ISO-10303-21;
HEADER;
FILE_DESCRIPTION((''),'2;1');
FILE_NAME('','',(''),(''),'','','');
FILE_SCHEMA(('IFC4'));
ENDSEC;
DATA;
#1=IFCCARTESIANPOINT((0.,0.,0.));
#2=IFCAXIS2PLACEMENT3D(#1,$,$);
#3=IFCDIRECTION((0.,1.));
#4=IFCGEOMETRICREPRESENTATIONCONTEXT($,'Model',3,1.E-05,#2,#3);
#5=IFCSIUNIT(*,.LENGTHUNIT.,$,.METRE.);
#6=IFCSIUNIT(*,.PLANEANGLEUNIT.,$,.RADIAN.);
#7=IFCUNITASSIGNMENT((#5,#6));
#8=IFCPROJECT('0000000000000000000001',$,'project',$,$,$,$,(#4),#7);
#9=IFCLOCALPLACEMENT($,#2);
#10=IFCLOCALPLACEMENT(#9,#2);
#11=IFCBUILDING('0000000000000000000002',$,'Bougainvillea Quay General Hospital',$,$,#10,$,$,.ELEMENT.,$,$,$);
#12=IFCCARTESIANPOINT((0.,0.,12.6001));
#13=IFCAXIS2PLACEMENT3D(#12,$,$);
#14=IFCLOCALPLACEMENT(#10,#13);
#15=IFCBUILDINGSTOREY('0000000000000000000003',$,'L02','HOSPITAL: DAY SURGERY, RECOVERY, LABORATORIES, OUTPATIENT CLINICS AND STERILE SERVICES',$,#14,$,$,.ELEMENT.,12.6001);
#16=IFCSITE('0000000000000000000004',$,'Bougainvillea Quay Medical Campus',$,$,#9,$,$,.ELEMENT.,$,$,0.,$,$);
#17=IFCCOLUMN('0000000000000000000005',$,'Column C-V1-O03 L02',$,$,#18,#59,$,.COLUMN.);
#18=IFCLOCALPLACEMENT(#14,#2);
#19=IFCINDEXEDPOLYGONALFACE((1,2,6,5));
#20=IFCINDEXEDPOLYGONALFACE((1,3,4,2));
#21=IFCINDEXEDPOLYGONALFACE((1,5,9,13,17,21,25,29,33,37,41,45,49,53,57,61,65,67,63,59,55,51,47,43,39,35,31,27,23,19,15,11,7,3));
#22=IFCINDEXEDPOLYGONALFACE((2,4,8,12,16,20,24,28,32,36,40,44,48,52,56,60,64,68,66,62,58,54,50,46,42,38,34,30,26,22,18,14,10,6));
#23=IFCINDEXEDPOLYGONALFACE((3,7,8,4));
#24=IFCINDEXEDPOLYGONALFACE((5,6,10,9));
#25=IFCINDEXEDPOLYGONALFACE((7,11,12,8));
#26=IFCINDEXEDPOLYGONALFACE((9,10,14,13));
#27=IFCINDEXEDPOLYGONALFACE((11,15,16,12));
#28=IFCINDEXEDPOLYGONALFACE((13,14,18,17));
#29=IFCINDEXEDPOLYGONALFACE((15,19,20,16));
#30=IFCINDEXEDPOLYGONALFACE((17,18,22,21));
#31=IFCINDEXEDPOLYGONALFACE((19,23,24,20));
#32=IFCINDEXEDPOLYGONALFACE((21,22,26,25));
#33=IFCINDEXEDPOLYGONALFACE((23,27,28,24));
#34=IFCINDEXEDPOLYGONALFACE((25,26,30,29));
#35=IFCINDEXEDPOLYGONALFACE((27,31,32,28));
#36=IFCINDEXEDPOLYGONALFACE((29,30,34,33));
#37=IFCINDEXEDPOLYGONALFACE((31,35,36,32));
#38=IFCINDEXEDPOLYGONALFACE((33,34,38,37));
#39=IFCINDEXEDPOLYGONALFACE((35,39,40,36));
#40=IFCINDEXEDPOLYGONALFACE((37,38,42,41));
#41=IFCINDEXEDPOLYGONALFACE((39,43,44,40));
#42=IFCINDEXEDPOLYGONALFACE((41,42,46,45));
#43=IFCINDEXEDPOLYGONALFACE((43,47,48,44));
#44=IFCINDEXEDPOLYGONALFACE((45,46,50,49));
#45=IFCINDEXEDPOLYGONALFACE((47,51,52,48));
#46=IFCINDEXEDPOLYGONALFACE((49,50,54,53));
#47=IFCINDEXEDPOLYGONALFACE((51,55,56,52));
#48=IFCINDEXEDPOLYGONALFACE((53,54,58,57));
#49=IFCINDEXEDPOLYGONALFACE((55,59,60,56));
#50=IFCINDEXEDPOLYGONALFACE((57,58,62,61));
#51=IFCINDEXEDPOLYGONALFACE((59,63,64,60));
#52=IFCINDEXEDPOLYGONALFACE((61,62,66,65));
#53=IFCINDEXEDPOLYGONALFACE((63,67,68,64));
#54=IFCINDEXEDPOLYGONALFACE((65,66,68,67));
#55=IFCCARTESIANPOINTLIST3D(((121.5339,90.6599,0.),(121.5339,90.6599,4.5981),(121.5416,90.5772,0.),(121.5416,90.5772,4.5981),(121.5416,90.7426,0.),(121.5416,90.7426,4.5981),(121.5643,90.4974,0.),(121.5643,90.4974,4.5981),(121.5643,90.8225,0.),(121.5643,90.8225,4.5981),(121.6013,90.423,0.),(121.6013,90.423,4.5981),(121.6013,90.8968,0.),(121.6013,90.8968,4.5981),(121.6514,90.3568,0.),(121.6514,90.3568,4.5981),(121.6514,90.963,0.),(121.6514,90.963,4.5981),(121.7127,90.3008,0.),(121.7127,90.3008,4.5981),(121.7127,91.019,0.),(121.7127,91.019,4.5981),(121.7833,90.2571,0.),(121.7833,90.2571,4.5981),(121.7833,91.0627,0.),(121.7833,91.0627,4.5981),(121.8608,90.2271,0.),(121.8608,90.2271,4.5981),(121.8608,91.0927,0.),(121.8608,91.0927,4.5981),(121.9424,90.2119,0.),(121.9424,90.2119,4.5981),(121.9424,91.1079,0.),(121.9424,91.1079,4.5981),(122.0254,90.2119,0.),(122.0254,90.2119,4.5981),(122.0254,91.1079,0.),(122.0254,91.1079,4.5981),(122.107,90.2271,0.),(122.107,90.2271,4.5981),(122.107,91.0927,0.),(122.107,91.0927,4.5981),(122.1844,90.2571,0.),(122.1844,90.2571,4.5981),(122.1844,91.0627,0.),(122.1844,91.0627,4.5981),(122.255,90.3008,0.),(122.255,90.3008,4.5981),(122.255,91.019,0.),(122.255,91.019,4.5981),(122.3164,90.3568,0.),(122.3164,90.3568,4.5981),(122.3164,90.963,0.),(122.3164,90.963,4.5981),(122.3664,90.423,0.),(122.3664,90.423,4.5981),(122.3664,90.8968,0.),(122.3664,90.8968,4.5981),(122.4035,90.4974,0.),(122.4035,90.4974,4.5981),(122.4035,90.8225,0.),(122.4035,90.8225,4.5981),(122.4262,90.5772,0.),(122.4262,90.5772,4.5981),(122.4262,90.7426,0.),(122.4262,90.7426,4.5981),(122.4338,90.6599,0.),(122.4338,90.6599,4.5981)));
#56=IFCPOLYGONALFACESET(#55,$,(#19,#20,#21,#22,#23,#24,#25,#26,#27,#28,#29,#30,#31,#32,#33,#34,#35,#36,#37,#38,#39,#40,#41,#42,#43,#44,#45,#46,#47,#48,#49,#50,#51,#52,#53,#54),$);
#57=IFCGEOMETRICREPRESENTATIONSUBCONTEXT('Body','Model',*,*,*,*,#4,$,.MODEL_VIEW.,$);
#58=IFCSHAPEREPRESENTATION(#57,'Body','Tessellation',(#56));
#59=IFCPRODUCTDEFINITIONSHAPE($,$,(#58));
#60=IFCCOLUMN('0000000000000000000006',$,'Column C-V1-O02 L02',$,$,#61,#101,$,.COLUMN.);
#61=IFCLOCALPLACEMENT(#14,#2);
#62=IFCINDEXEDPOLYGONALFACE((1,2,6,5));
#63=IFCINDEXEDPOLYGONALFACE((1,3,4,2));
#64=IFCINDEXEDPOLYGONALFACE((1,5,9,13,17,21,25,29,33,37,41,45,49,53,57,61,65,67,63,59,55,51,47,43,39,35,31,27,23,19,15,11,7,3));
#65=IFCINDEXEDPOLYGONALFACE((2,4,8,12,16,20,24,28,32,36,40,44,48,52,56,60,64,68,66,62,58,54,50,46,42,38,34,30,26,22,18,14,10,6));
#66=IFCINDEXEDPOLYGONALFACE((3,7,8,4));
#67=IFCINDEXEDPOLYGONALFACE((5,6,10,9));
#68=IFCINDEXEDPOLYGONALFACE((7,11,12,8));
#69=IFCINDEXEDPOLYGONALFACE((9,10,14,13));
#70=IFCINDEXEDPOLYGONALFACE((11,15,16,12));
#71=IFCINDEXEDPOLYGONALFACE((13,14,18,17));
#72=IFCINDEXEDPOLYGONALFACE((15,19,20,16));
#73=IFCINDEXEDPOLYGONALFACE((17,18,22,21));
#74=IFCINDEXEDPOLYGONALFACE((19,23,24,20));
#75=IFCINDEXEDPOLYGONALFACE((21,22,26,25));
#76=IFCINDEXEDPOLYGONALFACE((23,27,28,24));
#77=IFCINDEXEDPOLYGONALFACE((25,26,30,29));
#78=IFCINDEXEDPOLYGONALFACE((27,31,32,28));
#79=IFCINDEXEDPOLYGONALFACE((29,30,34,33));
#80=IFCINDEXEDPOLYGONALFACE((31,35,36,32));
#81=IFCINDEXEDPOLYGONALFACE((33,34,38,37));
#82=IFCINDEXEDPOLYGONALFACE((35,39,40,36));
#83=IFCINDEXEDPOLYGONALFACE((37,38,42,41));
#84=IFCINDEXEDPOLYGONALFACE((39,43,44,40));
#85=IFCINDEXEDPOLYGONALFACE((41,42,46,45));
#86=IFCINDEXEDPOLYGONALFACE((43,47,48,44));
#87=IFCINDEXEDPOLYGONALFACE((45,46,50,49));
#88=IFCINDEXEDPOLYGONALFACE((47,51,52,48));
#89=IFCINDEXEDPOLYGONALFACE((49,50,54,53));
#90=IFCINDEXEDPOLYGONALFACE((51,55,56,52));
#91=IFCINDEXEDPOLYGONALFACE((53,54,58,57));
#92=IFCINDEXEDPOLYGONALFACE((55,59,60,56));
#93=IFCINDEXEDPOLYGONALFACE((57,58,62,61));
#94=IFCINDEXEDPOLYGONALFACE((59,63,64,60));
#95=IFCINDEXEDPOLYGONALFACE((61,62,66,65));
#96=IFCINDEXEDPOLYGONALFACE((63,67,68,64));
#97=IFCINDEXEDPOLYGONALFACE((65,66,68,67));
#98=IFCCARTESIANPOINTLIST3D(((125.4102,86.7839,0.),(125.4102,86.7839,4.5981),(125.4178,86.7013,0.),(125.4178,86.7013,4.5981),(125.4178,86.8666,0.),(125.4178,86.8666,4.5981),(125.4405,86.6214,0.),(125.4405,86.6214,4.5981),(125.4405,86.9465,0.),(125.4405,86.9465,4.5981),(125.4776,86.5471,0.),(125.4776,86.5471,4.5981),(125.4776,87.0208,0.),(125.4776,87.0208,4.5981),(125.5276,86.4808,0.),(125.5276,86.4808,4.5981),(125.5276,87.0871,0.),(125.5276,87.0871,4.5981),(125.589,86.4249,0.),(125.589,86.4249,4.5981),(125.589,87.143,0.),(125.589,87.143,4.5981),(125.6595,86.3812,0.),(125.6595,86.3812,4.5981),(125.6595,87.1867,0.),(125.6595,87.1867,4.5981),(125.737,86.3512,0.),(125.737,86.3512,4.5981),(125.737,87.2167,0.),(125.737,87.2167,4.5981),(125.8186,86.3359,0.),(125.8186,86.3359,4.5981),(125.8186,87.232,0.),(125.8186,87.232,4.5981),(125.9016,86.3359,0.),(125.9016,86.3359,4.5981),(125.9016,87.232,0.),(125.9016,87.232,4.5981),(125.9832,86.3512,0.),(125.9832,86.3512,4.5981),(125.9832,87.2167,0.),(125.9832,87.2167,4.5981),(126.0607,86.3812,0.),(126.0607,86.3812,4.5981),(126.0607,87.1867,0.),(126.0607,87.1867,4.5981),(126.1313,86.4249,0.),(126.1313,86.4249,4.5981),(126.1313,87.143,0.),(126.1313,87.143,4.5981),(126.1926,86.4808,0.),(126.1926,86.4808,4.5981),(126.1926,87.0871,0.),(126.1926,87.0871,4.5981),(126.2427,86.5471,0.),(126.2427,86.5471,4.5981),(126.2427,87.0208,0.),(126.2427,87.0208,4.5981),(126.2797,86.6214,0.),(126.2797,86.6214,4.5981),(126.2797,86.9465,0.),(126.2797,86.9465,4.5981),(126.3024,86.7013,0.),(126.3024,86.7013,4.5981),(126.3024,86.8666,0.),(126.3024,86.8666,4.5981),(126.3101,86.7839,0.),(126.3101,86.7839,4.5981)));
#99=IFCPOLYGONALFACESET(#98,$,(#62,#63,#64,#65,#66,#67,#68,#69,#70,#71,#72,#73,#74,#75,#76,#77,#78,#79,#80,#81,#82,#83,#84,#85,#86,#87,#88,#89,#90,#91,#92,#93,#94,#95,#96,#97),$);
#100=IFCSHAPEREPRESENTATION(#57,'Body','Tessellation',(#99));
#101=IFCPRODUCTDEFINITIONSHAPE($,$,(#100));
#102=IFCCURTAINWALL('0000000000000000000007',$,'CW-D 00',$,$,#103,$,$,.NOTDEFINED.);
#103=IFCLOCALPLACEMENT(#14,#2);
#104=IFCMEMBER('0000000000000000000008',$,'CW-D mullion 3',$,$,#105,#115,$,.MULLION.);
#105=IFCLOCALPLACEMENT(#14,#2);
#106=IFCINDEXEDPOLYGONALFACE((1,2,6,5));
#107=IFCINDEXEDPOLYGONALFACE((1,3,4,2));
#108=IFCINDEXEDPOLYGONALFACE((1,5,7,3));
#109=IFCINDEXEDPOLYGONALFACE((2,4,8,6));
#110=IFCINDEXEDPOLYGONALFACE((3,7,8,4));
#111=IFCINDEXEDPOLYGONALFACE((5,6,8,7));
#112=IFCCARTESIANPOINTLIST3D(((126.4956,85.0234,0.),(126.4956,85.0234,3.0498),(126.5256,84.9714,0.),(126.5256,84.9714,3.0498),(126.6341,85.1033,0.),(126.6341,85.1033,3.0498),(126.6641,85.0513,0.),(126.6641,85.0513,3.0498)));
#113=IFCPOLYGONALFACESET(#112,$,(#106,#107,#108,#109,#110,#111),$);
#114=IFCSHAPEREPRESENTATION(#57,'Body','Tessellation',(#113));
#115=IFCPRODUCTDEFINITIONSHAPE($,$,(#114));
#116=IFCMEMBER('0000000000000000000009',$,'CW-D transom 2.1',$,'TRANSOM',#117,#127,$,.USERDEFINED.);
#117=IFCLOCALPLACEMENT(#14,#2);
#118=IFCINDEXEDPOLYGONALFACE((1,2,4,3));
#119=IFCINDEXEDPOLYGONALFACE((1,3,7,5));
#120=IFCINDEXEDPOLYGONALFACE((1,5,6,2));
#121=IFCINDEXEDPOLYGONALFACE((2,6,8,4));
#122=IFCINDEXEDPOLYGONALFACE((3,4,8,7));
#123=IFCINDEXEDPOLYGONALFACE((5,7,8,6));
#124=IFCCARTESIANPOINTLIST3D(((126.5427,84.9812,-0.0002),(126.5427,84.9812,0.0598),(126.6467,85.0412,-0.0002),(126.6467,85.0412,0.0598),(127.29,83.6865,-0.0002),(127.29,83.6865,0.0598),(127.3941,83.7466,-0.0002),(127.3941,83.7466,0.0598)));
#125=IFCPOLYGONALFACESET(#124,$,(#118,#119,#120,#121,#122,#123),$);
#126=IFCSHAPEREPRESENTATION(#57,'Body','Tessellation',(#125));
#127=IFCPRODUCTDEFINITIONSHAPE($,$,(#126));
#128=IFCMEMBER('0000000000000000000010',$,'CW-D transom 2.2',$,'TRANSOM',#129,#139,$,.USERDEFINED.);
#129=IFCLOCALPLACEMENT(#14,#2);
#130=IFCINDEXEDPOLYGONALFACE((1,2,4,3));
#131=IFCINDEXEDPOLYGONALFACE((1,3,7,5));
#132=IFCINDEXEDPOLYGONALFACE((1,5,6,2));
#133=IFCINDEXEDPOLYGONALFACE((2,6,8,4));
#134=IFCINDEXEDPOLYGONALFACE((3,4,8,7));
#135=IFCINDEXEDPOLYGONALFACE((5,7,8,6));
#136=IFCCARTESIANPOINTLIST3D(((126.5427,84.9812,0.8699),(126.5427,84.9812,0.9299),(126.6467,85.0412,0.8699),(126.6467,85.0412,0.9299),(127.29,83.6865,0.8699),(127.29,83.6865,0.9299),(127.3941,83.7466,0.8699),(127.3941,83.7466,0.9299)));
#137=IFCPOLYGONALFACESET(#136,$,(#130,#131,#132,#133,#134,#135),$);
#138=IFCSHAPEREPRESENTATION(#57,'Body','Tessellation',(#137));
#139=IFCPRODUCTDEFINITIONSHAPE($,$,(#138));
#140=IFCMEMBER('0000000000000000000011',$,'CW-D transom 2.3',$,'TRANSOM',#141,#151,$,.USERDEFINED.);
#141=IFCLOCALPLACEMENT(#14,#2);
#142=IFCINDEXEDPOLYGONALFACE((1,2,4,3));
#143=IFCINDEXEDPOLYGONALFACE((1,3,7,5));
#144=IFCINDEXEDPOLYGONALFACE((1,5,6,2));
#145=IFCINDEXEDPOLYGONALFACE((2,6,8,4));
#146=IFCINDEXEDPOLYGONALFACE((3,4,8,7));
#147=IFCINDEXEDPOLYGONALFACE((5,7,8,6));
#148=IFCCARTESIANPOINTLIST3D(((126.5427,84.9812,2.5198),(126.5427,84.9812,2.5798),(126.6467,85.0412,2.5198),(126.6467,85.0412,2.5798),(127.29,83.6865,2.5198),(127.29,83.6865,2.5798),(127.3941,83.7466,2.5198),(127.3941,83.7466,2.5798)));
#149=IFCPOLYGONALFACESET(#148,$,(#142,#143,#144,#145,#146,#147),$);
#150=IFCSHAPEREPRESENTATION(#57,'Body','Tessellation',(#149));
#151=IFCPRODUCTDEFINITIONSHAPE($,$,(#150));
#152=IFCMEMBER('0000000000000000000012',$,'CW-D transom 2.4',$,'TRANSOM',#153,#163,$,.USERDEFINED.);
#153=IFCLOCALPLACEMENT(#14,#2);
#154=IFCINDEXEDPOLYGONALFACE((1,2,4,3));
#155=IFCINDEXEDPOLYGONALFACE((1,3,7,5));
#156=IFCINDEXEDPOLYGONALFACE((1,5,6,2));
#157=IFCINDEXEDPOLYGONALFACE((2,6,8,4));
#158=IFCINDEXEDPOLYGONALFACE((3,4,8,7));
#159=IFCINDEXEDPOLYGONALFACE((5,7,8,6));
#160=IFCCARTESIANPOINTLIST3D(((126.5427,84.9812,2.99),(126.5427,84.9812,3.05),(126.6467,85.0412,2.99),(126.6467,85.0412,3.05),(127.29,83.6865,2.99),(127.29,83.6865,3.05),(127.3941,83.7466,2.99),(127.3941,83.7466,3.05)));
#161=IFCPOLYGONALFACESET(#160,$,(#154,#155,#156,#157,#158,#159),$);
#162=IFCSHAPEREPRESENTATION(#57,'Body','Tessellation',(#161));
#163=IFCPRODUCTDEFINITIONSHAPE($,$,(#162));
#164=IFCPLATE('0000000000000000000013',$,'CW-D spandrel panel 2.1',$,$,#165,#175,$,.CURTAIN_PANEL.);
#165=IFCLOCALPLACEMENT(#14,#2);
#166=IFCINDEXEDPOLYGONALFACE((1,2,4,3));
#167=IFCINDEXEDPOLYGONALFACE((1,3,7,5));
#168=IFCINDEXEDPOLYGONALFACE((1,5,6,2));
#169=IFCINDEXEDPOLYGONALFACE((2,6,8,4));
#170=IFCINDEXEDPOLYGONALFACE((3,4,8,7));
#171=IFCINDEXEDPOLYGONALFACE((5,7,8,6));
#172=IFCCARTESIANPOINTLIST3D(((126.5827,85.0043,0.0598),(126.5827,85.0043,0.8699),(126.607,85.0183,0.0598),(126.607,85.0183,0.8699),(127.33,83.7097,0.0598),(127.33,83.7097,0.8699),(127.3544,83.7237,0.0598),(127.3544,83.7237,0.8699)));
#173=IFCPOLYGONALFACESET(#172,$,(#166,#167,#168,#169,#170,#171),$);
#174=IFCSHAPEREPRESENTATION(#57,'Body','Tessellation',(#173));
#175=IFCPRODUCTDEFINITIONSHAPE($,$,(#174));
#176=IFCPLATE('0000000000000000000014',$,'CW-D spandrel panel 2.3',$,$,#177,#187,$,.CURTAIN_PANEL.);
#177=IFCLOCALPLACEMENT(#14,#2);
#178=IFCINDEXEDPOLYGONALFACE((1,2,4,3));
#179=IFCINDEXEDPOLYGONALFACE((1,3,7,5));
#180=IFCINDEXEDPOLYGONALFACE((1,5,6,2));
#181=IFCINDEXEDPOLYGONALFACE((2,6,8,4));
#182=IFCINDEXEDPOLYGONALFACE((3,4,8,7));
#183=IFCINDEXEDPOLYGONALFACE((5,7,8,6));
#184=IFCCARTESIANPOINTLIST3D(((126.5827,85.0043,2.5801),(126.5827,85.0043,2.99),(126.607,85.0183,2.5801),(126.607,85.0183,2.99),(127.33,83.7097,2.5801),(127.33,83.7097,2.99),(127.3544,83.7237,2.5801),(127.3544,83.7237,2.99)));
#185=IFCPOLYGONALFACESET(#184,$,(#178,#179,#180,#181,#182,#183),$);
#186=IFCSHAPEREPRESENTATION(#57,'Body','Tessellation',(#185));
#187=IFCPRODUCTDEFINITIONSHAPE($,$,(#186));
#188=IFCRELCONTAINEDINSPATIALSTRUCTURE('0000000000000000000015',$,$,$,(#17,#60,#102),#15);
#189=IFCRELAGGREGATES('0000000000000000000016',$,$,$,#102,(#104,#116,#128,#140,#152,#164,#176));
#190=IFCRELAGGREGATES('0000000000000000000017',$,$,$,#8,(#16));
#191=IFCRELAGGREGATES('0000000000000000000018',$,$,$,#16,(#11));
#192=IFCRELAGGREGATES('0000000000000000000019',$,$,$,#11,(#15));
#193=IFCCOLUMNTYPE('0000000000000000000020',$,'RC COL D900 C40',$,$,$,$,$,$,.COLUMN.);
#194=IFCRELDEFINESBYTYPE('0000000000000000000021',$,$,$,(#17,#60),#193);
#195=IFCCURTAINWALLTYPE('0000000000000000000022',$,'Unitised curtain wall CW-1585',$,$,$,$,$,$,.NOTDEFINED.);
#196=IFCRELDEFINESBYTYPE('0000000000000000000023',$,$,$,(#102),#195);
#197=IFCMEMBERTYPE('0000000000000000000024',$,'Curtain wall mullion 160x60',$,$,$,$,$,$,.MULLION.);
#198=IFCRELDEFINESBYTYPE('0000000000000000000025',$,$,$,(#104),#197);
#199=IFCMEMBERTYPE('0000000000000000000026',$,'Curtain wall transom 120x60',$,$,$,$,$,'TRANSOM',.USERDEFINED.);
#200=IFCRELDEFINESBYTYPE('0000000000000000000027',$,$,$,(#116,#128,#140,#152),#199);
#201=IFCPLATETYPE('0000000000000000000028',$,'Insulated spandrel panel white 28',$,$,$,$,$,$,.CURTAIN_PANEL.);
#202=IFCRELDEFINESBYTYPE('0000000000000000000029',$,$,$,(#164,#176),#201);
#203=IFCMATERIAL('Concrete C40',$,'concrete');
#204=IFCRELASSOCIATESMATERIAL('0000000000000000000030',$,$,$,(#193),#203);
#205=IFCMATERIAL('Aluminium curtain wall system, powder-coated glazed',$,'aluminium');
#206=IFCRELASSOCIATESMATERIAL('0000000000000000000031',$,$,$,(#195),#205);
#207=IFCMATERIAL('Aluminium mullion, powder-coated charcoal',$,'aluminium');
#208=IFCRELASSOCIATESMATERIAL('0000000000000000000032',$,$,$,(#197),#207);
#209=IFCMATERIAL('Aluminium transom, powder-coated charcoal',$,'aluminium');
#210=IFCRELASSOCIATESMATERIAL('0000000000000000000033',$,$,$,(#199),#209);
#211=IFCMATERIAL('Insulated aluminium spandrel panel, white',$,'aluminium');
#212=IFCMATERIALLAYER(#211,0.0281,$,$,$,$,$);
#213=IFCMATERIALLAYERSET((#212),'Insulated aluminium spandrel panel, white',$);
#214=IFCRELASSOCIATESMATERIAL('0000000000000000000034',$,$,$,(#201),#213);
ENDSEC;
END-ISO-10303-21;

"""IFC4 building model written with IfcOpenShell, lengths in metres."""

from ifc_helpers import new_model, si_unit, direction, frame, origin, origin_2d, place, context, subcontext, project, spatial, rectangle, circle, extrude, material, layer, layer_set, material_profile, profile_set, type_object, element, aggregate, save


model = new_model("IFC4")

# Units and contexts
model_context = context("Model", 3, precision=1e-05, world=origin(), true_north=direction((0.0, 1.0)))
body_context = subcontext(model_context, "Body", "Model", "MODEL_VIEW")
ifc_project = project(units=[si_unit("LENGTHUNIT", "METRE"), si_unit("PLANEANGLEUNIT", "RADIAN")], contexts=[model_context])

# Site, building, storey
site_placement = place(None, origin())
site = spatial("IfcSite", under=ifc_project, at=site_placement, Name="Bougainvillea Quay Medical Campus", CompositionType="ELEMENT", RefElevation=0.0)
building_placement = place(site_placement, origin())
building = spatial("IfcBuilding", under=site, at=building_placement, Name="Bougainvillea Quay General Hospital", CompositionType="ELEMENT")
storey_placement = place(building_placement, frame((0.0, 0.0, 12.6001)))
storey = spatial("IfcBuildingStorey", under=building, at=storey_placement, Name="L02", Description="HOSPITAL: DAY SURGERY, RECOVERY, LABORATORIES, OUTPATIENT CLINICS AND STERILE SERVICES", CompositionType="ELEMENT", Elevation=12.6001)

# Columns
ifc_material_1 = material(Name="Concrete C40", Category="concrete")
ifc_material_profile_1 = material_profile(ifc_material_1, circle(Radius=0.45, at=origin_2d()))
ifc_profile_set_1 = profile_set([ifc_material_profile_1], Name="Concrete C40")
column_type = type_object("IfcColumnType", Name="RC COL D900 C40", PredefinedType="COLUMN", material=ifc_profile_set_1)
for number, where, z_axis, x_axis, name in (
    (1, (121.9839, 90.6599, 0.0), (0.0, 0.0, 1.0), (1.0, 0.0, 0.0), "Column C-V1-O03 L02"),
    (2, (125.8601, 86.7839, 0.0), (0.0, 0.0, 1.0), (1.0, 0.0, 0.0), "Column C-V1-O02 L02"),
):
    element("IfcColumn", number, at=place(storey_placement, frame(where, z_axis=z_axis, x_axis=x_axis)), inside=storey, type_object=column_type, Name=name, PredefinedType="COLUMN", context=body_context, shape_type="SweptSolid", body=[
        extrude(circle(Radius=0.45, at=origin_2d()), origin(), (0.0, 0.0, 1.0), 4.5981),
    ])

# Curtain wall, members, plates
ifc_material_2 = material(Name="Aluminium curtain wall system, powder-coated glazed", Category="aluminium")
curtain_wall_type = type_object("IfcCurtainWallType", Name="Unitised curtain wall CW-1585", PredefinedType="NOTDEFINED", material=ifc_material_2)
curtain_wall_placement = place(storey_placement, origin())
curtain_wall = element("IfcCurtainWall", 3, at=curtain_wall_placement, inside=storey, type_object=curtain_wall_type, Name="CW-D 00", PredefinedType="NOTDEFINED")
ifc_material_3 = material(Name="Aluminium mullion, powder-coated charcoal", Category="aluminium")
ifc_material_profile_2 = material_profile(ifc_material_3, rectangle(XDim=0.1599, YDim=0.0601, at=origin_2d()))
ifc_profile_set_2 = profile_set([ifc_material_profile_2], Name="Aluminium mullion, powder-coated charcoal")
member_type_1 = type_object("IfcMemberType", Name="Curtain wall mullion 160x60", PredefinedType="MULLION", material=ifc_profile_set_2)
member_1_placement = place(storey_placement, frame((126.5798, 85.0374, 0.0), z_axis=(0.0, 0.0, 1.0), x_axis=(-0.866046, -0.499965, 0.0)))
member_1 = element("IfcMember", 4, at=member_1_placement, type_object=member_type_1, Name="CW-D mullion 3", PredefinedType="MULLION", context=body_context, shape_type="SweptSolid", body=[
    extrude(rectangle(XDim=0.1599, YDim=0.0601, at=origin_2d()), origin(), (0.0, 0.0, 1.0), 3.0498),
])
ifc_material_4 = material(Name="Aluminium transom, powder-coated charcoal", Category="aluminium")
ifc_material_profile_3 = material_profile(ifc_material_4, rectangle(XDim=0.1201, YDim=0.0601, at=origin_2d()))
ifc_profile_set_3 = profile_set([ifc_material_profile_3], Name="Aluminium transom, powder-coated charcoal")
member_type_2 = type_object("IfcMemberType", Name="Curtain wall transom 120x60", ElementType="TRANSOM", PredefinedType="USERDEFINED", material=ifc_profile_set_3)
member_2_placement = place(storey_placement, frame((127.342, 83.7166, 0.0298), z_axis=(-0.499916, 0.866074, 0.0), x_axis=(-0.866074, -0.499916, 0.0)))
member_2 = element("IfcMember", 5, at=member_2_placement, type_object=member_type_2, Name="CW-D transom 2.1", ObjectType="TRANSOM", PredefinedType="USERDEFINED", context=body_context, shape_type="SweptSolid", body=[
    extrude(rectangle(XDim=0.1201, YDim=0.0601, at=origin_2d()), origin(), (0.0, 0.0, 1.0), 1.4949),
])
member_3_placement = place(storey_placement, frame((127.342, 83.7166, 0.8999), z_axis=(-0.499916, 0.866074, 0.0), x_axis=(-0.866074, -0.499916, 0.0)))
member_3 = element("IfcMember", 6, at=member_3_placement, type_object=member_type_2, Name="CW-D transom 2.2", ObjectType="TRANSOM", PredefinedType="USERDEFINED", context=body_context, shape_type="SweptSolid", body=[
    extrude(rectangle(XDim=0.1201, YDim=0.0601, at=origin_2d()), origin(), (0.0, 0.0, 1.0), 1.4949),
])
member_4_placement = place(storey_placement, frame((127.342, 83.7166, 2.5498), z_axis=(-0.499916, 0.866074, 0.0), x_axis=(-0.866074, -0.499916, 0.0)))
member_4 = element("IfcMember", 7, at=member_4_placement, type_object=member_type_2, Name="CW-D transom 2.3", ObjectType="TRANSOM", PredefinedType="USERDEFINED", context=body_context, shape_type="SweptSolid", body=[
    extrude(rectangle(XDim=0.1201, YDim=0.0601, at=origin_2d()), origin(), (0.0, 0.0, 1.0), 1.4949),
])
member_5_placement = place(storey_placement, frame((127.342, 83.7166, 3.02), z_axis=(-0.499916, 0.866074, 0.0), x_axis=(-0.866074, -0.499916, 0.0)))
member_5 = element("IfcMember", 8, at=member_5_placement, type_object=member_type_2, Name="CW-D transom 2.4", ObjectType="TRANSOM", PredefinedType="USERDEFINED", context=body_context, shape_type="SweptSolid", body=[
    extrude(rectangle(XDim=0.1201, YDim=0.0601, at=origin_2d()), origin(), (0.0, 0.0, 1.0), 1.4949),
])
ifc_material_5 = material(Name="Insulated aluminium spandrel panel, white", Category="aluminium")
ifc_layer_1 = layer(ifc_material_5, 0.0281)
ifc_layer_set_1 = layer_set([ifc_layer_1], Name="Insulated aluminium spandrel panel, white")
plate_type_1 = type_object("IfcPlateType", Name="Insulated spandrel panel white 28", PredefinedType="CURTAIN_PANEL", material=ifc_layer_set_1)
plate_1_placement = place(storey_placement, frame((126.9685, 84.364, 0.0598), z_axis=(0.0, 0.0, 1.0), x_axis=(-0.499965, 0.866046, 0.0)))
plate_1 = element("IfcPlate", 9, at=plate_1_placement, type_object=plate_type_1, Name="CW-D spandrel panel 2.1", PredefinedType="CURTAIN_PANEL", context=body_context, shape_type="SweptSolid", body=[
    extrude(rectangle(XDim=1.4949, YDim=0.0281, at=origin_2d()), origin(), (0.0, 0.0, 1.0), 0.8101),
])
plate_2_placement = place(storey_placement, frame((126.9685, 84.364, 2.5801), z_axis=(0.0, 0.0, 1.0), x_axis=(-0.499965, 0.866046, 0.0)))
plate_2 = element("IfcPlate", 10, at=plate_2_placement, type_object=plate_type_1, Name="CW-D spandrel panel 2.3", PredefinedType="CURTAIN_PANEL", context=body_context, shape_type="SweptSolid", body=[
    extrude(rectangle(XDim=1.4949, YDim=0.0281, at=origin_2d()), origin(), (0.0, 0.0, 1.0), 0.4099),
])
aggregate(curtain_wall, [member_1, member_2, member_3, member_4, member_5, plate_1, plate_2])

save(model, "model.ifc")
